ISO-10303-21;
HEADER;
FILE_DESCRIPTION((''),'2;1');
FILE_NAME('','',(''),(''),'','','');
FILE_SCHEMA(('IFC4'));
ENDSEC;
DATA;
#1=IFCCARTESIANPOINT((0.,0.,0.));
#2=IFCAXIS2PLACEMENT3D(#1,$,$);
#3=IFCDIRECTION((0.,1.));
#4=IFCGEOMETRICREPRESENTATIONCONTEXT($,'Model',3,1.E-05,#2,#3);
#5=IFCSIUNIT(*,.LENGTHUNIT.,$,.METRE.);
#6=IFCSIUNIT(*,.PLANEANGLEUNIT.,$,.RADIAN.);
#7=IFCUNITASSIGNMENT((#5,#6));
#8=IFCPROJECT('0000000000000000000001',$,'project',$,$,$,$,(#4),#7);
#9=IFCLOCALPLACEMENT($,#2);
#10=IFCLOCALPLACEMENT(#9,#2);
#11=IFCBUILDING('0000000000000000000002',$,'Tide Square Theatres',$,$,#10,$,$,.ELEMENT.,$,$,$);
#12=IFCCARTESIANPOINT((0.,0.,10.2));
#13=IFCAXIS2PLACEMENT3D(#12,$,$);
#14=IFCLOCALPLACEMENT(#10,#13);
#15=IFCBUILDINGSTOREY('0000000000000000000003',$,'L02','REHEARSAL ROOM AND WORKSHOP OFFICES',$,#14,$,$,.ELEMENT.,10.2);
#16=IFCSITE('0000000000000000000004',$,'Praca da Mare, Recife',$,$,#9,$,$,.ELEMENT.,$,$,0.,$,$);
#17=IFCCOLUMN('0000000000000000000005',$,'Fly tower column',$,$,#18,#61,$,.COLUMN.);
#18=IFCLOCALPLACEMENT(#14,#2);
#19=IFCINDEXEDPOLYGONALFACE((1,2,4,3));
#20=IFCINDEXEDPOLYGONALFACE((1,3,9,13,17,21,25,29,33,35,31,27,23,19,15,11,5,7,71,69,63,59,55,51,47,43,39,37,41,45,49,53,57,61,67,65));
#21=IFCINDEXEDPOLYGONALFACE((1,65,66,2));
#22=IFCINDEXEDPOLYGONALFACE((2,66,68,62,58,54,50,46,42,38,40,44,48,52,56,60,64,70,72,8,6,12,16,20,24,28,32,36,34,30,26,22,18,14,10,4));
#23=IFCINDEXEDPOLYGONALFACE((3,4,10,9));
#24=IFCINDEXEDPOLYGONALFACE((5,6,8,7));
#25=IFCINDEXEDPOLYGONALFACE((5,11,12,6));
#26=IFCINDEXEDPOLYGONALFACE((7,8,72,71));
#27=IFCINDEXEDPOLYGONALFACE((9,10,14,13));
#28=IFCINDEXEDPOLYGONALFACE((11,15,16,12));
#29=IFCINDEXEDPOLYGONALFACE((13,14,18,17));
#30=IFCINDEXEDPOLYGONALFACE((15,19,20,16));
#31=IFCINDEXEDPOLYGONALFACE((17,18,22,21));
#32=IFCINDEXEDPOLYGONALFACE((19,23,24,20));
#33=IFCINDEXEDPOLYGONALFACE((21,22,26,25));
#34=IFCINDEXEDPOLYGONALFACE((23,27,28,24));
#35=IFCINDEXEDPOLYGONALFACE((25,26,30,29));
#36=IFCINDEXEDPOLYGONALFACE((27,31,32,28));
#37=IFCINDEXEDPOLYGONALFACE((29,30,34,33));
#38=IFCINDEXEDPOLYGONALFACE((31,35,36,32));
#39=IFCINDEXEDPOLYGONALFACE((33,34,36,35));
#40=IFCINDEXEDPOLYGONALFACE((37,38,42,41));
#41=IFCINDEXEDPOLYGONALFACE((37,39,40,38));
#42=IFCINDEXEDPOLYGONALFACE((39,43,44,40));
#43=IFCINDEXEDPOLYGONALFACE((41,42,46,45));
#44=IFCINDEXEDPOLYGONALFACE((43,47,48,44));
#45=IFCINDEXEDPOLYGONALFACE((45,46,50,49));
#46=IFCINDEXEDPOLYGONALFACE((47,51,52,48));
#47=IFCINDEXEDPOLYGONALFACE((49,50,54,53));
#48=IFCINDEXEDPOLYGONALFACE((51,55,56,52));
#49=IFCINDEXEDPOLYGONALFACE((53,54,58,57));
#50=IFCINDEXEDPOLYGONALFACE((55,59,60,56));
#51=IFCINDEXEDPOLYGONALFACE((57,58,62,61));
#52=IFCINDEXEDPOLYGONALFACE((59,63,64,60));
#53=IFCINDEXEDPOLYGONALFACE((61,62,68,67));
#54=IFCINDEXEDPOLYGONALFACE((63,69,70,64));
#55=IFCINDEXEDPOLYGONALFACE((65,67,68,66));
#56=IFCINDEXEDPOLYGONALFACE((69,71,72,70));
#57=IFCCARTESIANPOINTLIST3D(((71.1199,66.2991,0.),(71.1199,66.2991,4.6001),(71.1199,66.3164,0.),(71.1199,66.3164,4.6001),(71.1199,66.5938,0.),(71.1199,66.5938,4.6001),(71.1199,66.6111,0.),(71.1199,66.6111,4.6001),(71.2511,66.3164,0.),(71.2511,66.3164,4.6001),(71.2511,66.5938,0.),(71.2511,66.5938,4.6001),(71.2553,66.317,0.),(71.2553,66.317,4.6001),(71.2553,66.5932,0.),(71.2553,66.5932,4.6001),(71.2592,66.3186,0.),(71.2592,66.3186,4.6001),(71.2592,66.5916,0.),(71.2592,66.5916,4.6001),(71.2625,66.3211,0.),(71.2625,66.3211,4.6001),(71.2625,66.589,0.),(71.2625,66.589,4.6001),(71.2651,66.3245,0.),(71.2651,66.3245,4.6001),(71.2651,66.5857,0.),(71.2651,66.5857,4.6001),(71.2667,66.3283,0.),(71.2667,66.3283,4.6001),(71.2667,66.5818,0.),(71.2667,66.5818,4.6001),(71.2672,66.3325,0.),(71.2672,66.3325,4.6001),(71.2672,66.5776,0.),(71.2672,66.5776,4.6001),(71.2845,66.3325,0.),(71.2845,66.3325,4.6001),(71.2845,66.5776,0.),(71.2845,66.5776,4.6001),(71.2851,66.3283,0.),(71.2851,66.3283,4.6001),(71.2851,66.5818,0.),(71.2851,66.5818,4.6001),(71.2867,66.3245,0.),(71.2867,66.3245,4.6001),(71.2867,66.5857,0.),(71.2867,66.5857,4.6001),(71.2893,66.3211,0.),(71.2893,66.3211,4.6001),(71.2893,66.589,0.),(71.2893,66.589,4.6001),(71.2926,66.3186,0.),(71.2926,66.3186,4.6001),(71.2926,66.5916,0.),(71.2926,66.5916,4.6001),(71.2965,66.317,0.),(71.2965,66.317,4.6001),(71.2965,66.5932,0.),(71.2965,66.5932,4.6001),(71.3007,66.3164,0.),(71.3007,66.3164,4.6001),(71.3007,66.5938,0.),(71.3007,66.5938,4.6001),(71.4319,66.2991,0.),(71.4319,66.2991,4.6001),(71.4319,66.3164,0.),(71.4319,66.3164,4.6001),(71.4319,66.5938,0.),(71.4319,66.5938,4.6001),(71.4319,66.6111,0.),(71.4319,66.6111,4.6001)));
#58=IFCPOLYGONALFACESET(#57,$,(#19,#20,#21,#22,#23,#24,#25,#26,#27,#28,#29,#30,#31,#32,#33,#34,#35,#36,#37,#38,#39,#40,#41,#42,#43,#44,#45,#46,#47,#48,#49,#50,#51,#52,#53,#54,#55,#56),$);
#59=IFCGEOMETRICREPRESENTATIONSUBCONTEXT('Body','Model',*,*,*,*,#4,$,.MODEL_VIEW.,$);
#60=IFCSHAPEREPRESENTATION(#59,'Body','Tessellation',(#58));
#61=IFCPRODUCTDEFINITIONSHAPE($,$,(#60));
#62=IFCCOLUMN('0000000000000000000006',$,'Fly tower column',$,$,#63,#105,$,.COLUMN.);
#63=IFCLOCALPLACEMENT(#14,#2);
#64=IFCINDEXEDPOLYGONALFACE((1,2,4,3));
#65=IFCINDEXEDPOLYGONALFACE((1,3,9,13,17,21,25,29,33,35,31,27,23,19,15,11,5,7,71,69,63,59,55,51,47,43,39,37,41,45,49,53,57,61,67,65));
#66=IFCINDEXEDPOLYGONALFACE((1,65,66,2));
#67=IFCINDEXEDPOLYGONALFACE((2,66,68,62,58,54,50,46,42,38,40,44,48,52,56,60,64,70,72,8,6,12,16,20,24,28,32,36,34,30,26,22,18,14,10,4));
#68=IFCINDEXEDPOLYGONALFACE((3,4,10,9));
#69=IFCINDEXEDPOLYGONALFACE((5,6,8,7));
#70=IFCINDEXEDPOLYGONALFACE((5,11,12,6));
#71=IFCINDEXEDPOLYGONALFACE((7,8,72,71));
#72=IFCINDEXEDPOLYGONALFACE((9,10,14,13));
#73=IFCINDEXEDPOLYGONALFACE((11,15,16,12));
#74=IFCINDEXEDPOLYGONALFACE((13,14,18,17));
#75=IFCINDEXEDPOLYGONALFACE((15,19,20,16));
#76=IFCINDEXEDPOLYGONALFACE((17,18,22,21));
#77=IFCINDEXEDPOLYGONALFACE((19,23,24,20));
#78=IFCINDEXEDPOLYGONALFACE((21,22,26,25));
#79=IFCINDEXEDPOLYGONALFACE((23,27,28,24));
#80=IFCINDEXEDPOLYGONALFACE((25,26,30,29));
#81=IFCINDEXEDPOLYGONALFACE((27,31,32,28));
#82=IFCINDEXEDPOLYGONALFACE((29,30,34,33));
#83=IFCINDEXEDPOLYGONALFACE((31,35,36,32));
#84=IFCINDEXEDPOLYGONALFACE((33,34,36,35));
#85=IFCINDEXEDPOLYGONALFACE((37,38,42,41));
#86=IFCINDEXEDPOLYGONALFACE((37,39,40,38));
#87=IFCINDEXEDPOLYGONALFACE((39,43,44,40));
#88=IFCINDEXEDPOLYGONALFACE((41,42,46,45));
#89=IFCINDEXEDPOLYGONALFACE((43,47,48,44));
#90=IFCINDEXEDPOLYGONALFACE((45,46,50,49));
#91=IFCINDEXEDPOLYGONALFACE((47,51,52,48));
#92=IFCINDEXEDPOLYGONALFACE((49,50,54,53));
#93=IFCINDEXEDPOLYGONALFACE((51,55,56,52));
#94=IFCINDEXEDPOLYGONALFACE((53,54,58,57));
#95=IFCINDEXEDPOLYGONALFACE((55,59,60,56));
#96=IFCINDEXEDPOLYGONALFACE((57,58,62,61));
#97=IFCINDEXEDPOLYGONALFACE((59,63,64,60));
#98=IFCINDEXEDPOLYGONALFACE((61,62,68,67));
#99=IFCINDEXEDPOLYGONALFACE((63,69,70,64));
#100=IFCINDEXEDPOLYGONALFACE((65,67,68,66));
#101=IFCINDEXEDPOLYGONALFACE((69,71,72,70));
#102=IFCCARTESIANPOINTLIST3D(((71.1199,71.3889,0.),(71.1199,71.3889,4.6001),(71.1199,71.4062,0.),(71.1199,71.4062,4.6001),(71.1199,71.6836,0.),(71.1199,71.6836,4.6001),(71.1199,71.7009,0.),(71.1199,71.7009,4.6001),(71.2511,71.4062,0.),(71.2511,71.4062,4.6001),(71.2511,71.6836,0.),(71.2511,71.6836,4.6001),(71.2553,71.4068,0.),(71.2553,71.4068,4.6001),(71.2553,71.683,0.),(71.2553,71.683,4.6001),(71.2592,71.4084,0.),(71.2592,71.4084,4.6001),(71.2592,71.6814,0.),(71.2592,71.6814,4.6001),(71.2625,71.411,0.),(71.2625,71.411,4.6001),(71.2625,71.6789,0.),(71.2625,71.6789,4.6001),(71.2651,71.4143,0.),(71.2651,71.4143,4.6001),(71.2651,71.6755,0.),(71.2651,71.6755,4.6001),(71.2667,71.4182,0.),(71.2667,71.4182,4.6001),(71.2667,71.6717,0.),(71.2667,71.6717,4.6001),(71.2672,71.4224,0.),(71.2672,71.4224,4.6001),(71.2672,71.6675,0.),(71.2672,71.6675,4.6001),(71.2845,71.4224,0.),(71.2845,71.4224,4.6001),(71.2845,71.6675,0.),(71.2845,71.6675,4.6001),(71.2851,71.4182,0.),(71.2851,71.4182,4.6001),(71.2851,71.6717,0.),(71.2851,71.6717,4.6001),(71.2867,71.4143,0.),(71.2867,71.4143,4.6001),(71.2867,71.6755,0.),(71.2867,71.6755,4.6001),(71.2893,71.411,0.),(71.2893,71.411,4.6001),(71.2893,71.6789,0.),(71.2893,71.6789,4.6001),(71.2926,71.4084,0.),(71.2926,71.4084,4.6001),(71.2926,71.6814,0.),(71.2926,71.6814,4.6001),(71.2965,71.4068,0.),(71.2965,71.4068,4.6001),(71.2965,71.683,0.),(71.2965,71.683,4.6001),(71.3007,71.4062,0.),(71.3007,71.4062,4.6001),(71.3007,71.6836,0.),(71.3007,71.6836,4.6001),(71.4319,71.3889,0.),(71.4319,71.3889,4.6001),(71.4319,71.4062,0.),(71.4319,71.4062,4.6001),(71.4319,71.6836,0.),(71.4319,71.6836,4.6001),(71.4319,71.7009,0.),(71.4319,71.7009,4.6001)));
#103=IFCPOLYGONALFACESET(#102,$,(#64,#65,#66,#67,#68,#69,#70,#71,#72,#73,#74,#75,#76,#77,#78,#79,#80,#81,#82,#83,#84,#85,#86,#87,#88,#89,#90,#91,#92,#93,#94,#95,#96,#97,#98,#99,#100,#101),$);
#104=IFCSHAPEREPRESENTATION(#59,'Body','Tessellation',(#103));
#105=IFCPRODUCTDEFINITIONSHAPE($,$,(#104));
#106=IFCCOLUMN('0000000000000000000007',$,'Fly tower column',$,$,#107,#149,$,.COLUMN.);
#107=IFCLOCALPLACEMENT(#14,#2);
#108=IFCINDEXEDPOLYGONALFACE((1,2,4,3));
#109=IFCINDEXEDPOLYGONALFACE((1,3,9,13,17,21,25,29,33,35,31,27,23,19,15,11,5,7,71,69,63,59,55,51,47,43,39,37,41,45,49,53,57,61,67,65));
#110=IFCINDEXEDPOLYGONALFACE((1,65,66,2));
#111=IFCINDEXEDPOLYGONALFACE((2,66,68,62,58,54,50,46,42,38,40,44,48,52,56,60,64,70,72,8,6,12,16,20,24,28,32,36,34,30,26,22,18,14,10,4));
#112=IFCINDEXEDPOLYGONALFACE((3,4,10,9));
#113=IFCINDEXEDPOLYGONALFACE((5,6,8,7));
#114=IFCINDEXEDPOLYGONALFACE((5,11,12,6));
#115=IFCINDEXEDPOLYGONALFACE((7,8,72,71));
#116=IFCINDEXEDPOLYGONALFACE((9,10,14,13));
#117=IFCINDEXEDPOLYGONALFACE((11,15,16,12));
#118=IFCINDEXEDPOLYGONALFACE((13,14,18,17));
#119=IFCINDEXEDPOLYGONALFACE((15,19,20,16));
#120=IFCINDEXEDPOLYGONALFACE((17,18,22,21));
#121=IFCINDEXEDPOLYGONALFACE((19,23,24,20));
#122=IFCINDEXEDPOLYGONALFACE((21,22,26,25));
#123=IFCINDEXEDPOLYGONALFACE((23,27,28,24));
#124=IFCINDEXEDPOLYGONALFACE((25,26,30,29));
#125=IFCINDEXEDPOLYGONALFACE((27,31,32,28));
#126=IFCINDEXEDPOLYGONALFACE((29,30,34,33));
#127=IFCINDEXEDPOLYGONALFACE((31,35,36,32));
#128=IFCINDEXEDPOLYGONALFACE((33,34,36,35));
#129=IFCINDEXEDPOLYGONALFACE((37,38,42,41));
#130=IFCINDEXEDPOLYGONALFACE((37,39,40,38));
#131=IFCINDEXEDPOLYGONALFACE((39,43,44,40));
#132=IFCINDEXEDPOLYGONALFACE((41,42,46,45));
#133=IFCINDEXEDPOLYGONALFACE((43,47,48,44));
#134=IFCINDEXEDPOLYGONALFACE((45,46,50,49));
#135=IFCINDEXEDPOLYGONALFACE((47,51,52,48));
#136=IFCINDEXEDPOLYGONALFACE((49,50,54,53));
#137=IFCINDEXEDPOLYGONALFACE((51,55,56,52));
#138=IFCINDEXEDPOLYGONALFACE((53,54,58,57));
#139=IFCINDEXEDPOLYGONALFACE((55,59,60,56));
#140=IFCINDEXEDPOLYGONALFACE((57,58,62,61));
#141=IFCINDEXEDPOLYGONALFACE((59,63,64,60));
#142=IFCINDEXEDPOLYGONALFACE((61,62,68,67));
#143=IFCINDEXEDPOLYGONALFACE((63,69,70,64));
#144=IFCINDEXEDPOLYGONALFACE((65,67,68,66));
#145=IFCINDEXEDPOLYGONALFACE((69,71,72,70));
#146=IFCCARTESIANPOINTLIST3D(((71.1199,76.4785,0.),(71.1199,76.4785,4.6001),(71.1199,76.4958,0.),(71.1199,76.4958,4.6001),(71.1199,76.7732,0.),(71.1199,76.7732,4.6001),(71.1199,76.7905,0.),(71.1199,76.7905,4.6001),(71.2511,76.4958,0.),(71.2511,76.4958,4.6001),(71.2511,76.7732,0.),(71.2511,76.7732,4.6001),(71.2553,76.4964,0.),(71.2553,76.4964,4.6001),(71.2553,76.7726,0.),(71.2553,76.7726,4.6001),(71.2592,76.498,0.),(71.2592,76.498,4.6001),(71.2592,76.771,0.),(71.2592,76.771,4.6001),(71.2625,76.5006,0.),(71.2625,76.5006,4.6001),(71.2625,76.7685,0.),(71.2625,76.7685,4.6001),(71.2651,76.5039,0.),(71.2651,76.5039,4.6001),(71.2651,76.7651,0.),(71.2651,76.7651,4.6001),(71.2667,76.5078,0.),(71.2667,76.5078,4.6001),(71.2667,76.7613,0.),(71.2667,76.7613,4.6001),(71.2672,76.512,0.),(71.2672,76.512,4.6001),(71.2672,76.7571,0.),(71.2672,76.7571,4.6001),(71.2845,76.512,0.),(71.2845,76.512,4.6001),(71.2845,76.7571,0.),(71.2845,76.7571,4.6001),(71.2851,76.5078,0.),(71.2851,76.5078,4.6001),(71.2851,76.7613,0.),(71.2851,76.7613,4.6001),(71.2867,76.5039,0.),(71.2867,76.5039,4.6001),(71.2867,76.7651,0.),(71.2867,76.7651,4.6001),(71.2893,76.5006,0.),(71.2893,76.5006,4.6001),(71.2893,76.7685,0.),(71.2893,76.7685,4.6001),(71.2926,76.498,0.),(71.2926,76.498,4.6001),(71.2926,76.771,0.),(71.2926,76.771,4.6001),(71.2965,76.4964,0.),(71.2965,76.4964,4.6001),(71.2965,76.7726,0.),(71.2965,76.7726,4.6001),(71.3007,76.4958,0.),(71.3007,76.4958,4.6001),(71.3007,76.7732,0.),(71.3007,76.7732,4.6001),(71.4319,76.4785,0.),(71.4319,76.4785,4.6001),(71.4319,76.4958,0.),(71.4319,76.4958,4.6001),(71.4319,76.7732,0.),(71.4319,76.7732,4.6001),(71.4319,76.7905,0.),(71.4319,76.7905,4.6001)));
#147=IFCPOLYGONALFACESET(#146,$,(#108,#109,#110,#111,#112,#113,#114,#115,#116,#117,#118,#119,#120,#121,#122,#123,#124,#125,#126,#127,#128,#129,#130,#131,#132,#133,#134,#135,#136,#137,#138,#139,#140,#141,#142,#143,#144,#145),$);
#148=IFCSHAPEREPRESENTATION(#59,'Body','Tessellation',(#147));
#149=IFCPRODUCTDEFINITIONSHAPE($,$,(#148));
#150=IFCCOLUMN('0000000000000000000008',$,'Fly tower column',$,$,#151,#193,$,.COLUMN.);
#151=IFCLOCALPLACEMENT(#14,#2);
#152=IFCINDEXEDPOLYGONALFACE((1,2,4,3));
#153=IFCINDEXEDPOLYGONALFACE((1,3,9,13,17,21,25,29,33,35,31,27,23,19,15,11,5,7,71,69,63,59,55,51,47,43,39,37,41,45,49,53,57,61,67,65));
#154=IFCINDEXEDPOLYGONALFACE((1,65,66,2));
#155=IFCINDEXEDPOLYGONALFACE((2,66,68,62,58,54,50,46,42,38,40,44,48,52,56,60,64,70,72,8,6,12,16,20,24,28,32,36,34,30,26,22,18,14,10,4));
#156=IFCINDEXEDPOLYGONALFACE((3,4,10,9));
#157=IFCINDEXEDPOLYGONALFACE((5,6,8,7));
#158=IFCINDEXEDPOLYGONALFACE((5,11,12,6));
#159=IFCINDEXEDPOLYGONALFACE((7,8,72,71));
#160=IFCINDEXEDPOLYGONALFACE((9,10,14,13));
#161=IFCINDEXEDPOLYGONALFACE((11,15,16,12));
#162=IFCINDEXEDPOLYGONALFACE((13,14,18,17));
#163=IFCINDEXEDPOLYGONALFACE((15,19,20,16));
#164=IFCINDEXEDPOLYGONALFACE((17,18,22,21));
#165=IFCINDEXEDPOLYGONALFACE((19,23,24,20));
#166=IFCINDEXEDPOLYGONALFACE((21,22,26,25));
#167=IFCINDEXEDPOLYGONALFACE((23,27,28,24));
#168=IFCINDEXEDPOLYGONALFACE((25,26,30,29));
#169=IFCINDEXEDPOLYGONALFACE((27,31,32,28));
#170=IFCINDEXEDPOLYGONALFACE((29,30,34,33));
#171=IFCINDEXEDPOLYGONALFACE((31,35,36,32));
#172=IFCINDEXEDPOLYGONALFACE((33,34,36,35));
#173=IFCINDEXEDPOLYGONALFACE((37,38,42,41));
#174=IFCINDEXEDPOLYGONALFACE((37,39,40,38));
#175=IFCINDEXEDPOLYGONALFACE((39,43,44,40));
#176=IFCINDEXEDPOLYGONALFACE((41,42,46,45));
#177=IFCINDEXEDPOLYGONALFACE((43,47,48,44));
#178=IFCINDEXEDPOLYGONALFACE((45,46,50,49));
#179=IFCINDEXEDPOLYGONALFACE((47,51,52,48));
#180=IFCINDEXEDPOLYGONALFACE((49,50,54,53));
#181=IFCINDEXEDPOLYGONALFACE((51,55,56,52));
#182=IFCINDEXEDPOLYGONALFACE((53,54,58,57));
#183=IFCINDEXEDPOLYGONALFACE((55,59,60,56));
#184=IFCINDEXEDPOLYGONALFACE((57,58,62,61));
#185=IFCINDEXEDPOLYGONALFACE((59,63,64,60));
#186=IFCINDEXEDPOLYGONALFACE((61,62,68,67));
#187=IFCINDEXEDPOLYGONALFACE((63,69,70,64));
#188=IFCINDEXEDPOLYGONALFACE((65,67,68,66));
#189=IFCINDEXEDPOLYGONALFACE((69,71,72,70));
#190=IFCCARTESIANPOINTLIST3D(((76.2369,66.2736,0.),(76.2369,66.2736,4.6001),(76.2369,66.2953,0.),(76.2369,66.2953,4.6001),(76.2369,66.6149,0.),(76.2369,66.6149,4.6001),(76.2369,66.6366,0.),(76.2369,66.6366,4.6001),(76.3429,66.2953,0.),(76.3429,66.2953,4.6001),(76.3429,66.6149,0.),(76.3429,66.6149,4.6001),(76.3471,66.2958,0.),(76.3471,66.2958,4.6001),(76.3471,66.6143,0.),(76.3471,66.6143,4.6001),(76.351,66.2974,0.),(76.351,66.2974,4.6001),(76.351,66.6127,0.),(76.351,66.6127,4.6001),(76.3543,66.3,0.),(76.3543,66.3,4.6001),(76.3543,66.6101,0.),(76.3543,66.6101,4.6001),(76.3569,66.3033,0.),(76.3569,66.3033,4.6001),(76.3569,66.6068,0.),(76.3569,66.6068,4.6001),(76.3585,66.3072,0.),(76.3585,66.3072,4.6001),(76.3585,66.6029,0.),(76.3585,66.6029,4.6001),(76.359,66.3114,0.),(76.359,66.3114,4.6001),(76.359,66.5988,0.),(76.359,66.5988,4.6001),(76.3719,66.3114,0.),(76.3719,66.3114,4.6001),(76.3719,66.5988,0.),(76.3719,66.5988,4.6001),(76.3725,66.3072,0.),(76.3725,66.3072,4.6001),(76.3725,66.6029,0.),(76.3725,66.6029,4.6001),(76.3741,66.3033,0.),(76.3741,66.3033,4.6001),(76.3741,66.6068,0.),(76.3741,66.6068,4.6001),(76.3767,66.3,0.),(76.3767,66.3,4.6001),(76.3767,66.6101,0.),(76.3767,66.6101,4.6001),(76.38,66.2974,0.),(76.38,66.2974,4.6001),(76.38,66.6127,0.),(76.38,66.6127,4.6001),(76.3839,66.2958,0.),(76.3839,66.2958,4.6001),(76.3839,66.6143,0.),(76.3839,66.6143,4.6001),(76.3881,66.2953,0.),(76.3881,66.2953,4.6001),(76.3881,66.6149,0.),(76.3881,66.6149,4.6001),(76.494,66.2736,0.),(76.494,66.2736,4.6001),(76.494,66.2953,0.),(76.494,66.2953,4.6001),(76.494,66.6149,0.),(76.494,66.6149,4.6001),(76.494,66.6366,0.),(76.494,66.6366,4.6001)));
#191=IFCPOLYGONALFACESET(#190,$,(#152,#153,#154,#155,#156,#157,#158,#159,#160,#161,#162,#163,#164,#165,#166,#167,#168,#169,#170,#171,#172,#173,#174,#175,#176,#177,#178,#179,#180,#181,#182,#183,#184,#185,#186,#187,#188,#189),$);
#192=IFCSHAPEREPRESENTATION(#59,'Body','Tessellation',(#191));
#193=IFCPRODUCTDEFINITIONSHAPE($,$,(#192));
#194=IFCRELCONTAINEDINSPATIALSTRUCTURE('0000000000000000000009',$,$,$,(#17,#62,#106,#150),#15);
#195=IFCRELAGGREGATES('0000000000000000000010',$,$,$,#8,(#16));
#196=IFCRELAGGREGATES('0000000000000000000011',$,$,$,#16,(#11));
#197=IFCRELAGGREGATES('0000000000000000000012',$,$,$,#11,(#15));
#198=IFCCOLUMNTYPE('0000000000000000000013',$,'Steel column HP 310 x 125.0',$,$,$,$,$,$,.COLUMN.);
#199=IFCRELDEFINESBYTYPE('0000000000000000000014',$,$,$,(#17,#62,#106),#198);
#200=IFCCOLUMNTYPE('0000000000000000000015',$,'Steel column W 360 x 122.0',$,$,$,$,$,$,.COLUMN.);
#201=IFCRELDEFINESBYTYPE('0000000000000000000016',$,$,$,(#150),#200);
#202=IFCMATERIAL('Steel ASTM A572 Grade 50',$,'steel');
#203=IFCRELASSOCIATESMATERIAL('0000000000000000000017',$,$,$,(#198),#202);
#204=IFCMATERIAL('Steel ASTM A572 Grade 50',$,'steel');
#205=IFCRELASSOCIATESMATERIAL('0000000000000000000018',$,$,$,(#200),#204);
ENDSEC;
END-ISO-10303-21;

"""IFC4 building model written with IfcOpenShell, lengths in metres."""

from ifc_helpers import new_model, si_unit, direction, frame, origin, origin_2d, place, context, subcontext, project, spatial, i_section, extrude, material, material_profile, profile_set, type_object, element, save


model = new_model("IFC4")

# Units and contexts
model_context = context("Model", 3, precision=1e-05, world=origin(), true_north=direction((0.0, 1.0)))
body_context = subcontext(model_context, "Body", "Model", "MODEL_VIEW")
ifc_project = project(units=[si_unit("LENGTHUNIT", "METRE"), si_unit("PLANEANGLEUNIT", "RADIAN")], contexts=[model_context])

# Site, building, storey
site_placement = place(None, origin())
site = spatial("IfcSite", under=ifc_project, at=site_placement, Name="Praca da Mare, Recife", CompositionType="ELEMENT", RefElevation=0.0)
building_placement = place(site_placement, origin())
building = spatial("IfcBuilding", under=site, at=building_placement, Name="Tide Square Theatres", CompositionType="ELEMENT")
storey_placement = place(building_placement, frame((0.0, 0.0, 10.2)))
storey = spatial("IfcBuildingStorey", under=building, at=storey_placement, Name="L02", Description="REHEARSAL ROOM AND WORKSHOP OFFICES", CompositionType="ELEMENT", Elevation=10.2)

# Columns
ifc_material_1 = material(Name="Steel ASTM A572 Grade 50", Category="steel")
ifc_material_profile_1 = material_profile(ifc_material_1, i_section(OverallWidth=0.312, OverallDepth=0.312, WebThickness=0.0173, FlangeThickness=0.0173, FilletRadius=0.0161, at=origin_2d()))
ifc_profile_set_1 = profile_set([ifc_material_profile_1], Name="Steel ASTM A572 Grade 50")
column_type_1 = type_object("IfcColumnType", Name="Steel column HP 310 x 125.0", PredefinedType="COLUMN", material=ifc_profile_set_1)
for number, where, z_axis, x_axis, name in (
    (1, (71.2759, 66.4551, 0.0), (0.0, 0.0, 1.0), (1.0, 0.0, 0.0), "Fly tower column"),
    (2, (71.2759, 71.5449, 0.0), (0.0, 0.0, 1.0), (1.0, 0.0, 0.0), "Fly tower column"),
    (3, (71.2759, 76.6345, 0.0), (0.0, 0.0, 1.0), (1.0, 0.0, 0.0), "Fly tower column"),
):
    element("IfcColumn", number, at=place(storey_placement, frame(where, z_axis=z_axis, x_axis=x_axis)), inside=storey, type_object=column_type_1, Name=name, PredefinedType="COLUMN", context=body_context, shape_type="SweptSolid", body=[
        extrude(i_section(OverallWidth=0.312, OverallDepth=0.312, WebThickness=0.0173, FlangeThickness=0.0173, FilletRadius=0.0161, at=origin_2d()), origin(), (0.0, 0.0, 1.0), 4.6001),
    ])
ifc_material_2 = material(Name="Steel ASTM A572 Grade 50", Category="steel")
ifc_material_profile_2 = material_profile(ifc_material_2, i_section(OverallWidth=0.2571, OverallDepth=0.363, WebThickness=0.0129, FlangeThickness=0.0217, FilletRadius=0.0161, at=origin_2d()))
ifc_profile_set_2 = profile_set([ifc_material_profile_2], Name="Steel ASTM A572 Grade 50")
column_type_2 = type_object("IfcColumnType", Name="Steel column W 360 x 122.0", PredefinedType="COLUMN", material=ifc_profile_set_2)
for number, where, z_axis, x_axis, name in (
    (4, (76.3655, 66.4551, 0.0), (0.0, 0.0, 1.0), (1.0, 0.0, 0.0), "Fly tower column"),
):
    element("IfcColumn", number, at=place(storey_placement, frame(where, z_axis=z_axis, x_axis=x_axis)), inside=storey, type_object=column_type_2, Name=name, PredefinedType="COLUMN", context=body_context, shape_type="SweptSolid", body=[
        extrude(i_section(OverallWidth=0.2571, OverallDepth=0.363, WebThickness=0.0129, FlangeThickness=0.0217, FilletRadius=0.0161, at=origin_2d()), origin(), (0.0, 0.0, 1.0), 4.6001),
    ])

save(model, "model.ifc")
